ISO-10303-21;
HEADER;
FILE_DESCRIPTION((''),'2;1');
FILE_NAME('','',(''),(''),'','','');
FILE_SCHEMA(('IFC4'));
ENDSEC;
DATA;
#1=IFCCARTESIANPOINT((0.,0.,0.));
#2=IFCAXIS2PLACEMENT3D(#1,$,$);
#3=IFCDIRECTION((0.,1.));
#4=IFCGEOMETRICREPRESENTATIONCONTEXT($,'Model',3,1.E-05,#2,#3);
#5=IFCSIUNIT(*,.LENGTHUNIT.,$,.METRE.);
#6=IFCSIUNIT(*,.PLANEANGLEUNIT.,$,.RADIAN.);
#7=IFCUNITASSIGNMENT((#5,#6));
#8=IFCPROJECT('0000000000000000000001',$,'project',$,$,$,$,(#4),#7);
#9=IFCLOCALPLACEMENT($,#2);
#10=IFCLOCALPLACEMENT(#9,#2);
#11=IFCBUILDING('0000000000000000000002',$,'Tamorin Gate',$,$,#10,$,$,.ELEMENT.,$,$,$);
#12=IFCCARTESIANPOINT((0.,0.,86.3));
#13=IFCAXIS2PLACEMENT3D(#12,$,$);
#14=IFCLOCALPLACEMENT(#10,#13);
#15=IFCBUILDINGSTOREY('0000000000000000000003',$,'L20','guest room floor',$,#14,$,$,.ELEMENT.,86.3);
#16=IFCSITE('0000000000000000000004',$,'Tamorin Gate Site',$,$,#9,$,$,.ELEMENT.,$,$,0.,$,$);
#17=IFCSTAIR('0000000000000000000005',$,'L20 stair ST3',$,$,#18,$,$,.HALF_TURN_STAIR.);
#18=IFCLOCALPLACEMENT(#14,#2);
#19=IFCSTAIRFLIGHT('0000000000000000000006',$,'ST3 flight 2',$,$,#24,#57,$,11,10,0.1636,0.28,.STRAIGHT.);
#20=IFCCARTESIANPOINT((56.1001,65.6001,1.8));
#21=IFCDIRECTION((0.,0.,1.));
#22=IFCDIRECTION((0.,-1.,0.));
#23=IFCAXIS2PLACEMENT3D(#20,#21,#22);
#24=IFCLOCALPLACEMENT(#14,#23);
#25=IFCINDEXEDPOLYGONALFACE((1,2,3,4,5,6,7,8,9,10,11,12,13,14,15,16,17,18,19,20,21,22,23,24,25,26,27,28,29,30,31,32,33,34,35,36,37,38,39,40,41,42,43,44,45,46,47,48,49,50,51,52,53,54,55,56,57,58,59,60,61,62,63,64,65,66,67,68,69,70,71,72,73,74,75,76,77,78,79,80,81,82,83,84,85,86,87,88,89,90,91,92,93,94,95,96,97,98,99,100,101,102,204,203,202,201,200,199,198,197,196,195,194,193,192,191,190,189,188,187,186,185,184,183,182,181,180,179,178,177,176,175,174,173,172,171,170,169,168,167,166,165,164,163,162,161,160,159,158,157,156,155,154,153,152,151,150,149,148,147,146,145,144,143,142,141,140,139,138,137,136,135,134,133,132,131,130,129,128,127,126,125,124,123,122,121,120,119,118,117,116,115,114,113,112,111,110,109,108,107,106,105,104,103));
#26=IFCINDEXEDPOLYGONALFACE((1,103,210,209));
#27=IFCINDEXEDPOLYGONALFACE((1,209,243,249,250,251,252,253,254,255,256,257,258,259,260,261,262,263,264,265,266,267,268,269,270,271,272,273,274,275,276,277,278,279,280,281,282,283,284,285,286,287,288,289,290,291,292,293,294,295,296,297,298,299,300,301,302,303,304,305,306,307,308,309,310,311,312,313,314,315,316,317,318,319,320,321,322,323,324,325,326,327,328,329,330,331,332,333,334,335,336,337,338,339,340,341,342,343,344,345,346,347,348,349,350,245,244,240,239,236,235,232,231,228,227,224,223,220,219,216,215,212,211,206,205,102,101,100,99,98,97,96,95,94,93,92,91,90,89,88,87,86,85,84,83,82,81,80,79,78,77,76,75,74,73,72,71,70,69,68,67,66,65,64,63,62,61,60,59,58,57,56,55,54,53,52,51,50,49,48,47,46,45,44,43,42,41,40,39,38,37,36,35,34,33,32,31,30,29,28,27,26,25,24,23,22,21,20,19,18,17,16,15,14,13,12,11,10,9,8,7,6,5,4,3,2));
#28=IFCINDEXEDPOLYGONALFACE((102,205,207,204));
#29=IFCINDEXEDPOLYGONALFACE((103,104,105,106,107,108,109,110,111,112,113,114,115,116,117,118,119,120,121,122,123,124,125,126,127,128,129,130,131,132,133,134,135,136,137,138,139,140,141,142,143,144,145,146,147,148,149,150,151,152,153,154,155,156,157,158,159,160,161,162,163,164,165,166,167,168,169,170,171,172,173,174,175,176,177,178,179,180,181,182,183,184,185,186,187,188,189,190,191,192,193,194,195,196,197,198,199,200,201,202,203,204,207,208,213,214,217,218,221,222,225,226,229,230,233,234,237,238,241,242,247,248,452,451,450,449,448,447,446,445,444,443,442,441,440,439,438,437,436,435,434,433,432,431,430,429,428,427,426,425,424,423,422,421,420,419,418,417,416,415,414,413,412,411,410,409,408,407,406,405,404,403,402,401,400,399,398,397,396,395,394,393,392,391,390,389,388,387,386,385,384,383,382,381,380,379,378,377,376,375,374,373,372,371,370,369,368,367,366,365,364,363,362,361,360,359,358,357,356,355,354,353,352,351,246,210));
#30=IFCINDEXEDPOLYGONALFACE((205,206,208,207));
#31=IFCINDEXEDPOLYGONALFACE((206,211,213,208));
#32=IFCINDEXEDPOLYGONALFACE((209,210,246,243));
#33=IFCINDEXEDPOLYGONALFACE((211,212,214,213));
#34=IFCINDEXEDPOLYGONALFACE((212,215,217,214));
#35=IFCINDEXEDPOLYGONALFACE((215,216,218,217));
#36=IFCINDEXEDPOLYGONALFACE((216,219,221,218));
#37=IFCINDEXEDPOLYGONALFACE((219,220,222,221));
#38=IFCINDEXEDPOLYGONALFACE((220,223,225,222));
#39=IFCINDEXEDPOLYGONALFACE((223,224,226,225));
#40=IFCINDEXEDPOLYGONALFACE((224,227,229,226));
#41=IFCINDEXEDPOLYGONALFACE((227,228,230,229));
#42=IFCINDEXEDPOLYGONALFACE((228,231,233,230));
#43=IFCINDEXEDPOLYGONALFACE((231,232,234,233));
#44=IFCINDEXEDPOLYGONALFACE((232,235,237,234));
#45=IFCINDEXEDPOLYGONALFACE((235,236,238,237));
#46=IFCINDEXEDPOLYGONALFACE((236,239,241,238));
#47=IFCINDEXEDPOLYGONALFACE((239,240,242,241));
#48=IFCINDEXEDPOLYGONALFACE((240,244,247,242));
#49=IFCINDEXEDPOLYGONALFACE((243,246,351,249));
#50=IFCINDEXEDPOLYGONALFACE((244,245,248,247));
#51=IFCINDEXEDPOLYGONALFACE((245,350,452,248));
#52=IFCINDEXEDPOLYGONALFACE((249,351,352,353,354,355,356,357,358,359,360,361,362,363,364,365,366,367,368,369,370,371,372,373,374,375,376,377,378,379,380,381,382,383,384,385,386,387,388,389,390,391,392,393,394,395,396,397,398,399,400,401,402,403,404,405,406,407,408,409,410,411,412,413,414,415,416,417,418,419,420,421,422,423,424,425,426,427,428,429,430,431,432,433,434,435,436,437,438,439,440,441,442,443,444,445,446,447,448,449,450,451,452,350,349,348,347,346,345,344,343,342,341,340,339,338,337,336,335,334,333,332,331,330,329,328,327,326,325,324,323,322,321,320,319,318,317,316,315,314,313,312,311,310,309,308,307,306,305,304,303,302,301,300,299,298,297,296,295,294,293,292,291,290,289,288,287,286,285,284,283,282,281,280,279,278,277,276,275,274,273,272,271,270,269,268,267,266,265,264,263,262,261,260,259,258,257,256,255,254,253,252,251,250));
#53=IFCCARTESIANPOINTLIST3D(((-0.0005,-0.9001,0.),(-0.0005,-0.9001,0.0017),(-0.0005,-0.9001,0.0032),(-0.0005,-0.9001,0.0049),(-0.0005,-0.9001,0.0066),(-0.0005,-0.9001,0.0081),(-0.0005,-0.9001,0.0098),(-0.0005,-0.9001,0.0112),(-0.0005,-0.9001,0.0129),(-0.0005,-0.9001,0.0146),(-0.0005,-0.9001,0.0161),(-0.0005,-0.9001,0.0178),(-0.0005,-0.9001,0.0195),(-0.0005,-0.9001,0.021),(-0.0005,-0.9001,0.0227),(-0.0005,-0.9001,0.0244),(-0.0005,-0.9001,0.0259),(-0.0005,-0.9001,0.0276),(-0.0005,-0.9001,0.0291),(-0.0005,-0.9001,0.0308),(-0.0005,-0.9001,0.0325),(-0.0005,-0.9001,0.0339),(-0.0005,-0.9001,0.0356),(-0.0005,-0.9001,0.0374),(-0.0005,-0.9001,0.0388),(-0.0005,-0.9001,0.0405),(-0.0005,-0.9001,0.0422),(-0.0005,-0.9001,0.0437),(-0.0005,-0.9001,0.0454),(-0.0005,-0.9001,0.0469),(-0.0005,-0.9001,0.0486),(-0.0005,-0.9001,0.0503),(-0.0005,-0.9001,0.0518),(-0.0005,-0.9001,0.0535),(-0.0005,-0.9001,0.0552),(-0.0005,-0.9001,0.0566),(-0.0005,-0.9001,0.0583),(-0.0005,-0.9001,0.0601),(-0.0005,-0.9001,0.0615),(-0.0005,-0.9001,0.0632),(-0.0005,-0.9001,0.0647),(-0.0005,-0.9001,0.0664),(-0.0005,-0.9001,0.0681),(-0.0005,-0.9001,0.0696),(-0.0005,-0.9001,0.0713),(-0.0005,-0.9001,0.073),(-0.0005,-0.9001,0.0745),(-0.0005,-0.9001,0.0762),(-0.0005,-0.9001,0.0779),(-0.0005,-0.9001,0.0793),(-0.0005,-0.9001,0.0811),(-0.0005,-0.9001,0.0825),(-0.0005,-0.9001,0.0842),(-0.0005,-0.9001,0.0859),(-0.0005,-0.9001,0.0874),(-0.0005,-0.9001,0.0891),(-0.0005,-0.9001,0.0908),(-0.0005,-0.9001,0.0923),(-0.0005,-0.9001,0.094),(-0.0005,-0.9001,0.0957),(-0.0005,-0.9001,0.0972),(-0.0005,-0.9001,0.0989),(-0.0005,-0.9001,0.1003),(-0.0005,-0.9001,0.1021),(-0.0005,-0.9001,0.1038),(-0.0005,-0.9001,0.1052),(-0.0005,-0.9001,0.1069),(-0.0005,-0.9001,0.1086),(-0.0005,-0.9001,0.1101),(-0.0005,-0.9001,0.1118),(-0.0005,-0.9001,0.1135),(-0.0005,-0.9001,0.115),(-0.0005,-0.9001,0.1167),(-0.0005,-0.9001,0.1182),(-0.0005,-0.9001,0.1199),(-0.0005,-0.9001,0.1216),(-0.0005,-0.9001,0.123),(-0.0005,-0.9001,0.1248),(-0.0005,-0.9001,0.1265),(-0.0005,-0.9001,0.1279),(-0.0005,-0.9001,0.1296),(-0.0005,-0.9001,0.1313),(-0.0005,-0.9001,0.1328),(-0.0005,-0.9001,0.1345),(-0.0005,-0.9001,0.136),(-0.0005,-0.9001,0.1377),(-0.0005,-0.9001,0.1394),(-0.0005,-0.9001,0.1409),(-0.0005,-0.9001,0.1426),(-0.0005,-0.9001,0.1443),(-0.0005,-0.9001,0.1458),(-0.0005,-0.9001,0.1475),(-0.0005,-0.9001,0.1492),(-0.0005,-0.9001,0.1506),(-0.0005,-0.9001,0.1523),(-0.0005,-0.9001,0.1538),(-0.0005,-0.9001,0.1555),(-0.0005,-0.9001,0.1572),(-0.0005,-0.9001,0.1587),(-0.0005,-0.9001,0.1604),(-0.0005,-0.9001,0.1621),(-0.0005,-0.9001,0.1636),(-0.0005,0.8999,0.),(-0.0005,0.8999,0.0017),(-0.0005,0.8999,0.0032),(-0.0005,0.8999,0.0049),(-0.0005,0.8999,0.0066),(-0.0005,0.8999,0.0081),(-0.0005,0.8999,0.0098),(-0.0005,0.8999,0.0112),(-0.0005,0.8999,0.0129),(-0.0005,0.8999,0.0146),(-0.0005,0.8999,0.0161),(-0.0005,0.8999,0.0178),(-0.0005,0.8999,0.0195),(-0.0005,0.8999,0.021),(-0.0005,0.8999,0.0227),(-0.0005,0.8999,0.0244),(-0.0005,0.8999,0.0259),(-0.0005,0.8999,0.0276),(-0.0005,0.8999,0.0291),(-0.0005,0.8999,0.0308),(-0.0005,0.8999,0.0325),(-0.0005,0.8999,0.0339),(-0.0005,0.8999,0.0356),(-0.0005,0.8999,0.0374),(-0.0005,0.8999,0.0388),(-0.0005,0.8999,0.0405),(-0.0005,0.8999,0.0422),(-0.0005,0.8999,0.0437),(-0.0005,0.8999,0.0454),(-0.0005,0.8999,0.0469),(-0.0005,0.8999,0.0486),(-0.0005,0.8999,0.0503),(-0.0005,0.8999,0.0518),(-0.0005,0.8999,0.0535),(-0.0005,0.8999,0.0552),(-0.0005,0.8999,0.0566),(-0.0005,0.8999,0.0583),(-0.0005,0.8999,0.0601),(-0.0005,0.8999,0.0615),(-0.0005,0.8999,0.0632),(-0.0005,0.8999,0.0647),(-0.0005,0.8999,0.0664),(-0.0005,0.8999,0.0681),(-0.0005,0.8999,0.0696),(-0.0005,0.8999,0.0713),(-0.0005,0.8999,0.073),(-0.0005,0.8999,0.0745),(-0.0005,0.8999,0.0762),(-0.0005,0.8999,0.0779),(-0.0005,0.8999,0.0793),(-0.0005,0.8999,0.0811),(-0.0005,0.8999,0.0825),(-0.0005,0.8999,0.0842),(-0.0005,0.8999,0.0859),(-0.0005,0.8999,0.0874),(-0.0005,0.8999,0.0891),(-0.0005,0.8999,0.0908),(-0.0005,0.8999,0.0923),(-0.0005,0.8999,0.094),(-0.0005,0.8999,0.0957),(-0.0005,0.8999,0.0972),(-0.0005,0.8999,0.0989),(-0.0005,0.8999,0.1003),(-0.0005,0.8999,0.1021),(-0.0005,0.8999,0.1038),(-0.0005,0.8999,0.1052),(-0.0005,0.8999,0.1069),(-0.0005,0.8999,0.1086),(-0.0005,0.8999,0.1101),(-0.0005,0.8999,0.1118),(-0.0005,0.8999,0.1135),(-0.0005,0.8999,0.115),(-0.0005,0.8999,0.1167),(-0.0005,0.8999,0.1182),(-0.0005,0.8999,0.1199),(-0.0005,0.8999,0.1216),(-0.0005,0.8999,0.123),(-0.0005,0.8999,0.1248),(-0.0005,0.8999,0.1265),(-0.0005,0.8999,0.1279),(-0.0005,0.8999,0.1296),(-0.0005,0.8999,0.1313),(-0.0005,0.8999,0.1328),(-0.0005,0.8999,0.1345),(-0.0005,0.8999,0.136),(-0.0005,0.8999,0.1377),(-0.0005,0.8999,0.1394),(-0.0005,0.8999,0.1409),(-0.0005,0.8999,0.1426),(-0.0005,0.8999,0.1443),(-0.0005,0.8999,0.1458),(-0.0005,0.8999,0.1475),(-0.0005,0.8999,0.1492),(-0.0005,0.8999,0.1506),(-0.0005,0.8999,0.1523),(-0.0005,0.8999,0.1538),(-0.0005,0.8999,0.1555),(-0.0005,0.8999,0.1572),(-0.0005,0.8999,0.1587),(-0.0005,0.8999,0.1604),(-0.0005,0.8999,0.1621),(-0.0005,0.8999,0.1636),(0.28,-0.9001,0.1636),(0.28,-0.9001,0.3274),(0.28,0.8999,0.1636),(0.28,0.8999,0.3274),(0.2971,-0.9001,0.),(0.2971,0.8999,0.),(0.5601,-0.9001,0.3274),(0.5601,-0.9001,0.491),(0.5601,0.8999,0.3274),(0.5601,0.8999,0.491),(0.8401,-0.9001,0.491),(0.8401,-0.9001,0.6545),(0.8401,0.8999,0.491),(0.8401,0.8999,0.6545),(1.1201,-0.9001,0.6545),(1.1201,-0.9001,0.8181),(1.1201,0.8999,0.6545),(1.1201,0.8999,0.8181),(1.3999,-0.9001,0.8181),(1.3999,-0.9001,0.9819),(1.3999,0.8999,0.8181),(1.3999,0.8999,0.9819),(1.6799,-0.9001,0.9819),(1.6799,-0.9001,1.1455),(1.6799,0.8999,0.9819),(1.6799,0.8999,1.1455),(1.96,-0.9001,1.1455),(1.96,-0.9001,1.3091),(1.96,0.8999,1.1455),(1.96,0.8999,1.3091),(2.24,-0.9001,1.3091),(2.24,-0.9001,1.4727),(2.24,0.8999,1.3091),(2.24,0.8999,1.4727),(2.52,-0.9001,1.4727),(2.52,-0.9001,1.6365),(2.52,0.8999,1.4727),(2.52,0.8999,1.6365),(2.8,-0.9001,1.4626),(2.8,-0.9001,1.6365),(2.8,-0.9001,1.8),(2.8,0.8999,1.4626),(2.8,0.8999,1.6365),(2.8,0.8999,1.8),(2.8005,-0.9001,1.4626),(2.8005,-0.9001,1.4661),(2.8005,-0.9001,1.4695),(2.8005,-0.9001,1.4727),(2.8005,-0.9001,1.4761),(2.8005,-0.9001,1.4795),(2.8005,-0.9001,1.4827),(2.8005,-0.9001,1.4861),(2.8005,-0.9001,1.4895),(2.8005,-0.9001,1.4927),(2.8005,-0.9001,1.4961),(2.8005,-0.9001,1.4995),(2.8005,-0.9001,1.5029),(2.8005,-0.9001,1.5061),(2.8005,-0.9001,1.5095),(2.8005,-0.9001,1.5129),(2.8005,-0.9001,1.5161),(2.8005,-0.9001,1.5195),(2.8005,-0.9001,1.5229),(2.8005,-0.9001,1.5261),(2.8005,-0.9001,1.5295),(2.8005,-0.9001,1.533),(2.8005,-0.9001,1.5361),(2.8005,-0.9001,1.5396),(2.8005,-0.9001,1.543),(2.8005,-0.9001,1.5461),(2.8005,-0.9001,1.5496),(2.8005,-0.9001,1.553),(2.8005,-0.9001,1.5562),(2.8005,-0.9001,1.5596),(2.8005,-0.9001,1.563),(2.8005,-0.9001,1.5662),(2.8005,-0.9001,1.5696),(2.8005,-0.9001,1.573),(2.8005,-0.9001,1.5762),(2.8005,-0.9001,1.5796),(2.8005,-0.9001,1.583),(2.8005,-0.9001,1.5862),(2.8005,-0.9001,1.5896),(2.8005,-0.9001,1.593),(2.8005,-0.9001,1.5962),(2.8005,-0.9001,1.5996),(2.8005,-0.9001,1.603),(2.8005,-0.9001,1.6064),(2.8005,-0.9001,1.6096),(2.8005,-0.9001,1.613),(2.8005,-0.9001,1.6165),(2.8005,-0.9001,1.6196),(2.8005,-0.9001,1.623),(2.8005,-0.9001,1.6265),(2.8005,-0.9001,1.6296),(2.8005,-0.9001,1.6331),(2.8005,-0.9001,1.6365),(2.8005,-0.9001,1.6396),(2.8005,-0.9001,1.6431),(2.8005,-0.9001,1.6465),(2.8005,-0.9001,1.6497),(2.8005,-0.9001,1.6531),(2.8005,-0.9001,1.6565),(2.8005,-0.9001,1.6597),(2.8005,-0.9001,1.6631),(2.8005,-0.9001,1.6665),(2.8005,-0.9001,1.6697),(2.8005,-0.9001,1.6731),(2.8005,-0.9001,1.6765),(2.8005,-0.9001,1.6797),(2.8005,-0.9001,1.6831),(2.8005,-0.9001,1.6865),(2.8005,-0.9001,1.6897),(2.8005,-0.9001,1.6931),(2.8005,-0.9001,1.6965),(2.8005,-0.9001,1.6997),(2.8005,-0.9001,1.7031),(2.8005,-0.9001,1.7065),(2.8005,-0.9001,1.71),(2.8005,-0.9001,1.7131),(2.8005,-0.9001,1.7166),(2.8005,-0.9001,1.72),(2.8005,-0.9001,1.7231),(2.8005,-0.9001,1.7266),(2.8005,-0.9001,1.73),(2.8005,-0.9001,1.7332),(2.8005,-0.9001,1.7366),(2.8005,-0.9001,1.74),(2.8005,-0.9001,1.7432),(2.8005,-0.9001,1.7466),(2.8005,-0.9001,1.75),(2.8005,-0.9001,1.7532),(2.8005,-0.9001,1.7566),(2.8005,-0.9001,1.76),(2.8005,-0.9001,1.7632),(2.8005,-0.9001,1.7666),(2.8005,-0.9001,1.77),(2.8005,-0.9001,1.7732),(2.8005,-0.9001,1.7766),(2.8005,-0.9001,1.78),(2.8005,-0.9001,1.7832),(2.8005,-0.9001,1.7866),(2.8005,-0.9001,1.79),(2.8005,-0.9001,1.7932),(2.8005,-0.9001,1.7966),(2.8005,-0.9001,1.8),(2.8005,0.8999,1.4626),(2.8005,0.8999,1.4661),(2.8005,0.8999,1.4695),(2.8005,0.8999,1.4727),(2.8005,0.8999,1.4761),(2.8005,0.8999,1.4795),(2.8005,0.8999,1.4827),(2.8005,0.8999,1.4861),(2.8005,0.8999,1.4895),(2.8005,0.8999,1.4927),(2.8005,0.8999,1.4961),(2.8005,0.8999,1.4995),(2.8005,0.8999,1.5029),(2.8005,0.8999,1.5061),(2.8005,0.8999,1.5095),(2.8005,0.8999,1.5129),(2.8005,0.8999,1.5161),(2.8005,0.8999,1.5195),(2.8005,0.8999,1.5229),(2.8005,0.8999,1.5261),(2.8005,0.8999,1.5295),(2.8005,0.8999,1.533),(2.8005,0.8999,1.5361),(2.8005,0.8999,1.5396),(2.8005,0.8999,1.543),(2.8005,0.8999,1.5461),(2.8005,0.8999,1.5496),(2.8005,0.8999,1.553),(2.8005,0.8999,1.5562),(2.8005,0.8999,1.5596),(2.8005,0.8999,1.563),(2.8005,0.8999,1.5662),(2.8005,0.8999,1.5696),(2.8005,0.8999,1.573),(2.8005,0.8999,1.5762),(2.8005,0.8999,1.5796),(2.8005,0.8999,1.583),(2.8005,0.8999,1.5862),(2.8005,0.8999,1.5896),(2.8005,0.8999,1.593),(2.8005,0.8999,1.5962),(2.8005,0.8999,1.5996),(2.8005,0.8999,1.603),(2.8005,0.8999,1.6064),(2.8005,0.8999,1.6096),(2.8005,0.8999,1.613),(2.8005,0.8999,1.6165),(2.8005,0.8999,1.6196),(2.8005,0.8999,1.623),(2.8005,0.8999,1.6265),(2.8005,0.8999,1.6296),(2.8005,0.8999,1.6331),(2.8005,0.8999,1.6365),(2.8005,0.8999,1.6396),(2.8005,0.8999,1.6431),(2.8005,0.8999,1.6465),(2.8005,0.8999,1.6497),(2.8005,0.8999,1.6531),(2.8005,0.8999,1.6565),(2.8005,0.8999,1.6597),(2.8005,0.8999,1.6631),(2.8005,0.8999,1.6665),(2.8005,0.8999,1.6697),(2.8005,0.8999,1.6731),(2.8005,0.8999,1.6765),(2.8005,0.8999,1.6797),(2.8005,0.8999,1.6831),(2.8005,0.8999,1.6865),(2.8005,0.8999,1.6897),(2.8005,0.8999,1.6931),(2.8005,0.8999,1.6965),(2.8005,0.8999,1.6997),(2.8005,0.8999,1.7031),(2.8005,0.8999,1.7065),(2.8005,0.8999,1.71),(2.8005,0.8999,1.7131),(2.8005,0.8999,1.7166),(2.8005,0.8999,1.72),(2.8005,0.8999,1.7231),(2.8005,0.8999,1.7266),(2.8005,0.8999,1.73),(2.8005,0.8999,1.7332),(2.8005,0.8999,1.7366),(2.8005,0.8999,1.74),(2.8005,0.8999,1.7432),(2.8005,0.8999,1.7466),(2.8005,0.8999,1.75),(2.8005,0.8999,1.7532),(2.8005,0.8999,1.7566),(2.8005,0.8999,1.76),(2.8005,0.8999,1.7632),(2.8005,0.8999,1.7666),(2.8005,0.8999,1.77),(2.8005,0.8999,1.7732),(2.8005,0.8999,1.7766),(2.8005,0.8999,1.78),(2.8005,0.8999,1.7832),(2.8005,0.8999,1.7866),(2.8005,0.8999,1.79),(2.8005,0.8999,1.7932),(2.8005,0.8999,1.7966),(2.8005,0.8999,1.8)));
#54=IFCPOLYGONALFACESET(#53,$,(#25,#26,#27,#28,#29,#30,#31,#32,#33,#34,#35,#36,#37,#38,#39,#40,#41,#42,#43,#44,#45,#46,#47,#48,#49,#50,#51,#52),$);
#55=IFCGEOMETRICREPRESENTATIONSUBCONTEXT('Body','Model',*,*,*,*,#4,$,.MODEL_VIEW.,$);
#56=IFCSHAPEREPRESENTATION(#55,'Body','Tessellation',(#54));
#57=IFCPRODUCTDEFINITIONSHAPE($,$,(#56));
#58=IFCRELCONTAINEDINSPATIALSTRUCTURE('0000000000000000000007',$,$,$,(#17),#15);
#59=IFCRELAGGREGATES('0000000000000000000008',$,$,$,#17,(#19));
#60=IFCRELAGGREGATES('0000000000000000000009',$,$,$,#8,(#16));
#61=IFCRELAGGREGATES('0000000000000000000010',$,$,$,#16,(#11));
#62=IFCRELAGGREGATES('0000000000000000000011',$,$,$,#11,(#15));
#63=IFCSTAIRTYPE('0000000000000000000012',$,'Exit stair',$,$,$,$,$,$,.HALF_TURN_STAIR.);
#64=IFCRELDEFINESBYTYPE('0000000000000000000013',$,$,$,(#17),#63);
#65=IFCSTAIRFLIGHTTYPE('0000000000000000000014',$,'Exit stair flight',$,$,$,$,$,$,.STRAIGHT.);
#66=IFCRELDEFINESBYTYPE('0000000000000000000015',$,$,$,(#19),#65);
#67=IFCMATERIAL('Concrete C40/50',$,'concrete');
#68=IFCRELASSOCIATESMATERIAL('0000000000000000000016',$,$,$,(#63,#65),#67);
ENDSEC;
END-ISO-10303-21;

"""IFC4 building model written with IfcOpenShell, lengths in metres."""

from ifc_helpers import new_model, si_unit, direction, frame, origin, place, context, subcontext, project, spatial, polyline, outline, extrude, material, type_object, element, aggregate, save


model = new_model("IFC4")

# Units and contexts
model_context = context("Model", 3, precision=1e-05, world=origin(), true_north=direction((0.0, 1.0)))
body_context = subcontext(model_context, "Body", "Model", "MODEL_VIEW")
ifc_project = project(units=[si_unit("LENGTHUNIT", "METRE"), si_unit("PLANEANGLEUNIT", "RADIAN")], contexts=[model_context])

# Site, building, storey
site_placement = place(None, origin())
site = spatial("IfcSite", under=ifc_project, at=site_placement, Name="Tamorin Gate Site", CompositionType="ELEMENT", RefElevation=0.0)
building_placement = place(site_placement, origin())
building = spatial("IfcBuilding", under=site, at=building_placement, Name="Tamorin Gate", CompositionType="ELEMENT")
storey_placement = place(building_placement, frame((0.0, 0.0, 86.3)))
storey = spatial("IfcBuildingStorey", under=building, at=storey_placement, Name="L20", Description="guest room floor", CompositionType="ELEMENT", Elevation=86.3)

# Shared definitions
ifc_material_1 = material(Name="Concrete C40/50", Category="concrete")

# Stair, stair flight
stair_type = type_object("IfcStairType", Name="Exit stair", PredefinedType="HALF_TURN_STAIR", material=ifc_material_1)
stair_placement = place(storey_placement, origin())
stair = element("IfcStair", 1, at=stair_placement, inside=storey, type_object=stair_type, Name="L20 stair ST3", PredefinedType="HALF_TURN_STAIR")
stair_flight_type = type_object("IfcStairFlightType", Name="Exit stair flight", PredefinedType="STRAIGHT", material=ifc_material_1)
stair_flight_1_placement = place(storey_placement, frame((56.1001, 65.6001, 1.8), z_axis=(0.0, 0.0, 1.0), x_axis=(0.0, -1.0, 0.0)))
stair_flight_1 = element("IfcStairFlight", 2, at=stair_flight_1_placement, type_object=stair_flight_type, Name="ST3 flight 2", NumberOfRisers=11, NumberOfTreads=10, PredefinedType="STRAIGHT", RiserHeight=0.1636, TreadLength=0.28, context=body_context, shape_type="SweptSolid", body=[
    extrude(outline(polyline([(-0.0005, 0.0), (-0.0005, 0.0017), (-0.0005, 0.0032), (-0.0005, 0.0049), (-0.0005, 0.0066), (-0.0005, 0.0081), (-0.0005, 0.0098), (-0.0005, 0.0112), (-0.0005, 0.0129), (-0.0005, 0.0146), (-0.0005, 0.0161), (-0.0005, 0.0178), (-0.0005, 0.0195), (-0.0005, 0.021), (-0.0005, 0.0227), (-0.0005, 0.0244), (-0.0005, 0.0259), (-0.0005, 0.0276), (-0.0005, 0.0291), (-0.0005, 0.0308), (-0.0005, 0.0325), (-0.0005, 0.0339), (-0.0005, 0.0356), (-0.0005, 0.0374), (-0.0005, 0.0388), (-0.0005, 0.0405), (-0.0005, 0.0422), (-0.0005, 0.0437), (-0.0005, 0.0454), (-0.0005, 0.0469), (-0.0005, 0.0486), (-0.0005, 0.0503), (-0.0005, 0.0518), (-0.0005, 0.0535), (-0.0005, 0.0552), (-0.0005, 0.0566), (-0.0005, 0.0583), (-0.0005, 0.0601), (-0.0005, 0.0615), (-0.0005, 0.0632), (-0.0005, 0.0647), (-0.0005, 0.0664), (-0.0005, 0.0681), (-0.0005, 0.0696), (-0.0005, 0.0713), (-0.0005, 0.073), (-0.0005, 0.0745), (-0.0005, 0.0762), (-0.0005, 0.0779), (-0.0005, 0.0793), (-0.0005, 0.0811), (-0.0005, 0.0825), (-0.0005, 0.0842), (-0.0005, 0.0859), (-0.0005, 0.0874), (-0.0005, 0.0891), (-0.0005, 0.0908), (-0.0005, 0.0923), (-0.0005, 0.094), (-0.0005, 0.0957), (-0.0005, 0.0972), (-0.0005, 0.0989), (-0.0005, 0.1003), (-0.0005, 0.1021), (-0.0005, 0.1038), (-0.0005, 0.1052), (-0.0005, 0.1069), (-0.0005, 0.1086), (-0.0005, 0.1101), (-0.0005, 0.1118), (-0.0005, 0.1135), (-0.0005, 0.115), (-0.0005, 0.1167), (-0.0005, 0.1182), (-0.0005, 0.1199), (-0.0005, 0.1216), (-0.0005, 0.123), (-0.0005, 0.1248), (-0.0005, 0.1265), (-0.0005, 0.1279), (-0.0005, 0.1296), (-0.0005, 0.1313), (-0.0005, 0.1328), (-0.0005, 0.1345), (-0.0005, 0.136), (-0.0005, 0.1377), (-0.0005, 0.1394), (-0.0005, 0.1409), (-0.0005, 0.1426), (-0.0005, 0.1443), (-0.0005, 0.1458), (-0.0005, 0.1475), (-0.0005, 0.1492), (-0.0005, 0.1506), (-0.0005, 0.1523), (-0.0005, 0.1538), (-0.0005, 0.1555), (-0.0005, 0.1572), (-0.0005, 0.1587), (-0.0005, 0.1604), (-0.0005, 0.1621), (-0.0005, 0.1636), (0.28, 0.1636), (0.28, 0.3274), (0.5601, 0.3274), (0.5601, 0.491), (0.8401, 0.491), (0.8401, 0.6545), (1.1201, 0.6545), (1.1201, 0.8181), (1.3999, 0.8181), (1.3999, 0.9819), (1.6799, 0.9819), (1.6799, 1.1455), (1.96, 1.1455), (1.96, 1.3091), (2.24, 1.3091), (2.24, 1.4727), (2.52, 1.4727), (2.52, 1.6365), (2.8, 1.6365), (2.8, 1.8), (2.8005, 1.8), (2.8005, 1.7966), (2.8005, 1.7932), (2.8005, 1.79), (2.8005, 1.7866), (2.8005, 1.7832), (2.8005, 1.78), (2.8005, 1.7766), (2.8005, 1.7732), (2.8005, 1.77), (2.8005, 1.7666), (2.8005, 1.7632), (2.8005, 1.76), (2.8005, 1.7566), (2.8005, 1.7532), (2.8005, 1.75), (2.8005, 1.7466), (2.8005, 1.7432), (2.8005, 1.74), (2.8005, 1.7366), (2.8005, 1.7332), (2.8005, 1.73), (2.8005, 1.7266), (2.8005, 1.7231), (2.8005, 1.72), (2.8005, 1.7166), (2.8005, 1.7131), (2.8005, 1.71), (2.8005, 1.7065), (2.8005, 1.7031), (2.8005, 1.6997), (2.8005, 1.6965), (2.8005, 1.6931), (2.8005, 1.6897), (2.8005, 1.6865), (2.8005, 1.6831), (2.8005, 1.6797), (2.8005, 1.6765), (2.8005, 1.6731), (2.8005, 1.6697), (2.8005, 1.6665), (2.8005, 1.6631), (2.8005, 1.6597), (2.8005, 1.6565), (2.8005, 1.6531), (2.8005, 1.6497), (2.8005, 1.6465), (2.8005, 1.6431), (2.8005, 1.6396), (2.8005, 1.6365), (2.8005, 1.6331), (2.8005, 1.6296), (2.8005, 1.6265), (2.8005, 1.623), (2.8005, 1.6196), (2.8005, 1.6165), (2.8005, 1.613), (2.8005, 1.6096), (2.8005, 1.6064), (2.8005, 1.603), (2.8005, 1.5996), (2.8005, 1.5962), (2.8005, 1.593), (2.8005, 1.5896), (2.8005, 1.5862), (2.8005, 1.583), (2.8005, 1.5796), (2.8005, 1.5762), (2.8005, 1.573), (2.8005, 1.5696), (2.8005, 1.5662), (2.8005, 1.563), (2.8005, 1.5596), (2.8005, 1.5562), (2.8005, 1.553), (2.8005, 1.5496), (2.8005, 1.5461), (2.8005, 1.543), (2.8005, 1.5396), (2.8005, 1.5361), (2.8005, 1.533), (2.8005, 1.5295), (2.8005, 1.5261), (2.8005, 1.5229), (2.8005, 1.5195), (2.8005, 1.5161), (2.8005, 1.5129), (2.8005, 1.5095), (2.8005, 1.5061), (2.8005, 1.5029), (2.8005, 1.4995), (2.8005, 1.4961), (2.8005, 1.4927), (2.8005, 1.4895), (2.8005, 1.4861), (2.8005, 1.4827), (2.8005, 1.4795), (2.8005, 1.4761), (2.8005, 1.4727), (2.8005, 1.4695), (2.8005, 1.4661), (2.8005, 1.4626), (2.8, 1.4626), (0.2971, 0.0), (-0.0005, 0.0)])), frame((0.0, 0.8999, 0.0), z_axis=(0.0, -1.0, 0.0), x_axis=(1.0, 0.0, 0.0)), (0.0, 0.0, 1.0), 1.8),
])
aggregate(stair, [stair_flight_1])

save(model, "model.ifc")
